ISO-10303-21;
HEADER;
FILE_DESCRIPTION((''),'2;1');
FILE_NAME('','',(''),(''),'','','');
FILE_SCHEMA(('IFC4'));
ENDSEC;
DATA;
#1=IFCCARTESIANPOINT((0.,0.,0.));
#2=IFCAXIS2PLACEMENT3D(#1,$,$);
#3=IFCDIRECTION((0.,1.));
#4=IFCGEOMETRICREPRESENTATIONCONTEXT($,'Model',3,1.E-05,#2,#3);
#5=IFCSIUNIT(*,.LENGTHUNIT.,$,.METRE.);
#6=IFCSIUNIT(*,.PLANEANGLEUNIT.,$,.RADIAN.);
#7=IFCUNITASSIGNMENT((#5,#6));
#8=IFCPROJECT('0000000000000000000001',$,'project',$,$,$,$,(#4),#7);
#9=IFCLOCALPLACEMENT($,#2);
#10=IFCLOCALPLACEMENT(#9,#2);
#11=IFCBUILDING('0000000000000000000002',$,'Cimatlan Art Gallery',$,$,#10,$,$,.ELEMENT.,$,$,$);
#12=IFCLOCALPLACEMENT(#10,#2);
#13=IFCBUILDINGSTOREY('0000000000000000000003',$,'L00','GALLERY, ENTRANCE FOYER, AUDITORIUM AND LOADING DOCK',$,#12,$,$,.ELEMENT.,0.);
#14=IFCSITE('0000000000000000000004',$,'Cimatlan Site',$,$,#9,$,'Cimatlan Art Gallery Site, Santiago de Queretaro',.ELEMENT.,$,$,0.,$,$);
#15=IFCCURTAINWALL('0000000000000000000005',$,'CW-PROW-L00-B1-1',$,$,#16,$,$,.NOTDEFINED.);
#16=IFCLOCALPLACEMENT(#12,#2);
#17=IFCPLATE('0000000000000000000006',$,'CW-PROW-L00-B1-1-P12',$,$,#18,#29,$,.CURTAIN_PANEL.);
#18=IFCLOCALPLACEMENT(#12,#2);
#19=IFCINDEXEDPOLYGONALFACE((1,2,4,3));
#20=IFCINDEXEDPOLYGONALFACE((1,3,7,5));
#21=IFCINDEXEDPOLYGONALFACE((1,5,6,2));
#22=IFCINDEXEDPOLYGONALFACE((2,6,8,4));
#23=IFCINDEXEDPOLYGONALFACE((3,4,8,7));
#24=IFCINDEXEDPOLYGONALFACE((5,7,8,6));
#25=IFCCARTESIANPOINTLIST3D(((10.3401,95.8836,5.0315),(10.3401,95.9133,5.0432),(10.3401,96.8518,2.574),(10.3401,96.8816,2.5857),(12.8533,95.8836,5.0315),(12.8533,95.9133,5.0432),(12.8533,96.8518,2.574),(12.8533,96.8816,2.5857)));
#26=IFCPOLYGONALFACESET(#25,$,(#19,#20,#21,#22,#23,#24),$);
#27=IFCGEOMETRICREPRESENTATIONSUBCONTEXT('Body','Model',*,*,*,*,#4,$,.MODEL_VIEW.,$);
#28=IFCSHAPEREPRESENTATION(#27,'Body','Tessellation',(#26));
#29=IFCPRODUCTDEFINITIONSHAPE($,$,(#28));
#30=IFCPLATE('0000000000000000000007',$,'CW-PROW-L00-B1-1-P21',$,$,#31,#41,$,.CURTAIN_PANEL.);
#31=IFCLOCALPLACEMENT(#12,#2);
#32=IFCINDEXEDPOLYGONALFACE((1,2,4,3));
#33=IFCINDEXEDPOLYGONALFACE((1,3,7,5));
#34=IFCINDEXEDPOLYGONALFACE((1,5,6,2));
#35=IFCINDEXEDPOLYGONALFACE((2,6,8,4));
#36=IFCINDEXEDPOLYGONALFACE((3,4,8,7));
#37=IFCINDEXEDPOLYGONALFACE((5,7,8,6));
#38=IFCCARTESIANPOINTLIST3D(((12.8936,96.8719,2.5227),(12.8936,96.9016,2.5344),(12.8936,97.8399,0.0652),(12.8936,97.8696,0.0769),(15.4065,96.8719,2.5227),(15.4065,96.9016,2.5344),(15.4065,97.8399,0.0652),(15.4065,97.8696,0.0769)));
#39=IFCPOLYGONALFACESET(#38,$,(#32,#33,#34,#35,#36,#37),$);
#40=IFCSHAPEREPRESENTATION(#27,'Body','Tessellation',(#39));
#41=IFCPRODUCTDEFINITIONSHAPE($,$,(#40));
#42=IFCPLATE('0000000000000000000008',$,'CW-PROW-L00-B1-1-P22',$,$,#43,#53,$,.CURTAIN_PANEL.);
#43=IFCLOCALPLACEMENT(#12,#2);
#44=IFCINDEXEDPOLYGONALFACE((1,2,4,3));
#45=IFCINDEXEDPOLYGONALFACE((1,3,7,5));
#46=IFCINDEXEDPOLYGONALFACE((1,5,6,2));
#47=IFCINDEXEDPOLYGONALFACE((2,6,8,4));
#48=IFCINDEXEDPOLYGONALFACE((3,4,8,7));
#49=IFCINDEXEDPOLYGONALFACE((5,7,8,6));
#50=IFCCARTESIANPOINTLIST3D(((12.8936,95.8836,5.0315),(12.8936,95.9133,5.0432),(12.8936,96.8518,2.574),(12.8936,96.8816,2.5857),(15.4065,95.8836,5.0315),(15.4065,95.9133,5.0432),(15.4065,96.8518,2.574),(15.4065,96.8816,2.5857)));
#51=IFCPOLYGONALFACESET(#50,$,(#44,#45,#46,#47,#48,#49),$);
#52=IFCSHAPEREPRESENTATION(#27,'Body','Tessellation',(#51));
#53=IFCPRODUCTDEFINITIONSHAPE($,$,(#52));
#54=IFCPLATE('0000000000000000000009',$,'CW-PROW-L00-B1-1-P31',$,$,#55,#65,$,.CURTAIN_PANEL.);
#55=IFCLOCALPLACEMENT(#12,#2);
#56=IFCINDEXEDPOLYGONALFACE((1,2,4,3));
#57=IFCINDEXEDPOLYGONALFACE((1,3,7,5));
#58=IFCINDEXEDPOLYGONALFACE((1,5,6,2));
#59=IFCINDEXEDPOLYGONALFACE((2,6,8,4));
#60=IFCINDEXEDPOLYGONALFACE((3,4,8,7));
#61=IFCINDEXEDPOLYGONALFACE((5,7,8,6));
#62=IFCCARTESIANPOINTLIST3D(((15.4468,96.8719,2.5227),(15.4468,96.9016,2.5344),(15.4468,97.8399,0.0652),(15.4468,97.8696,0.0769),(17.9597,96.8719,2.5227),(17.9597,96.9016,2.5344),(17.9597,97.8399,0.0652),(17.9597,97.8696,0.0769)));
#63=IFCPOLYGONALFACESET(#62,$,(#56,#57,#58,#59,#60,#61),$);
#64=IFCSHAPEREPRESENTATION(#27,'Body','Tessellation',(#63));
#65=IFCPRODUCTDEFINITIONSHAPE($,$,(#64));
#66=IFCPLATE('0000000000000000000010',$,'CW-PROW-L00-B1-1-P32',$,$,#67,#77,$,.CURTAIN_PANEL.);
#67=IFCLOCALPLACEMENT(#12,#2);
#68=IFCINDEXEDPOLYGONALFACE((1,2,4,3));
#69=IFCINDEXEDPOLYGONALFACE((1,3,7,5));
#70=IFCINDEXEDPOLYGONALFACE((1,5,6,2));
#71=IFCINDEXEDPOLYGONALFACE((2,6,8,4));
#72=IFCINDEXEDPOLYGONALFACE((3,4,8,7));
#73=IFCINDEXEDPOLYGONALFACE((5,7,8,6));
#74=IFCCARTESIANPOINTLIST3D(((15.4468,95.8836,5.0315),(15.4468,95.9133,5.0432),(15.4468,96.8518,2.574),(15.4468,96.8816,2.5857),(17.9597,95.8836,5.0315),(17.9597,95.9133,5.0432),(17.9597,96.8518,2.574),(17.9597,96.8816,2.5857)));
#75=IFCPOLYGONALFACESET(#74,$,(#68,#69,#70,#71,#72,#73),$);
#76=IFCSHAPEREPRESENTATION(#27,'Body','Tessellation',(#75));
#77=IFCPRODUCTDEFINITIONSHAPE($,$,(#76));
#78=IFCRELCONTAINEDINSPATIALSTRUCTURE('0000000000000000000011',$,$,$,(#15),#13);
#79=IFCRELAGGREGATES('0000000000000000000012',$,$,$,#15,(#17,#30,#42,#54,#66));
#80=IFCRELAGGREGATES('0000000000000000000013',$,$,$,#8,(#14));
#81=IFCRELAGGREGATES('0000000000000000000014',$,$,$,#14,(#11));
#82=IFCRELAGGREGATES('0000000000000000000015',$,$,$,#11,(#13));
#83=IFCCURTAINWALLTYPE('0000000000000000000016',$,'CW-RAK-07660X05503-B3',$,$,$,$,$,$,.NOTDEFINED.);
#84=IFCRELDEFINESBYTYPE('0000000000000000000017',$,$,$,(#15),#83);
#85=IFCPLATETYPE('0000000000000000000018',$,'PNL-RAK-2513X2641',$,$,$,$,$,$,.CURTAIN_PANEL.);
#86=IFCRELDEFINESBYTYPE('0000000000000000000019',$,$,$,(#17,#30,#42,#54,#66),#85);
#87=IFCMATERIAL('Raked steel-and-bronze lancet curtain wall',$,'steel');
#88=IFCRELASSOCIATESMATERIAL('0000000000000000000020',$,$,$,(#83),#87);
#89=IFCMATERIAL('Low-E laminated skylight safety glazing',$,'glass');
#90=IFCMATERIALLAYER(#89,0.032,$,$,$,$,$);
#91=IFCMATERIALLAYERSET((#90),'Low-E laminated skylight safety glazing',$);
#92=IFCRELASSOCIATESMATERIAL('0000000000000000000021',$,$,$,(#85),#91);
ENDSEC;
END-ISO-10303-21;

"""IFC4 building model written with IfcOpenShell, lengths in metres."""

from ifc_helpers import new_model, si_unit, direction, frame, origin, place, context, subcontext, project, spatial, polyline, outline, extrude, material, layer, layer_set, type_object, element, aggregate, save


model = new_model("IFC4")

# Units and contexts
model_context = context("Model", 3, precision=1e-05, world=origin(), true_north=direction((0.0, 1.0)))
body_context = subcontext(model_context, "Body", "Model", "MODEL_VIEW")
ifc_project = project(units=[si_unit("LENGTHUNIT", "METRE"), si_unit("PLANEANGLEUNIT", "RADIAN")], contexts=[model_context])

# Site, building, storey
site_placement = place(None, origin())
site = spatial("IfcSite", under=ifc_project, at=site_placement, Name="Cimatlan Site", LongName="Cimatlan Art Gallery Site, Santiago de Queretaro", CompositionType="ELEMENT", RefElevation=0.0)
building_placement = place(site_placement, origin())
building = spatial("IfcBuilding", under=site, at=building_placement, Name="Cimatlan Art Gallery", CompositionType="ELEMENT")
storey_placement = place(building_placement, origin())
storey = spatial("IfcBuildingStorey", under=building, at=storey_placement, Name="L00", Description="GALLERY, ENTRANCE FOYER, AUDITORIUM AND LOADING DOCK", CompositionType="ELEMENT", Elevation=0.0)

# Shared definitions
ifc_material_1 = material(Name="Raked steel-and-bronze lancet curtain wall", Category="steel")
curtain_wall_type = type_object("IfcCurtainWallType", Name="CW-RAK-07660X05503-B3", PredefinedType="NOTDEFINED", material=ifc_material_1)

# Curtain wall
curtain_wall_1_placement = place(storey_placement, origin())
curtain_wall_1 = element("IfcCurtainWall", 1, at=curtain_wall_1_placement, inside=storey, type_object=curtain_wall_type, Name="CW-PROW-L00-B1-1", PredefinedType="NOTDEFINED")

# Plates
ifc_material_2 = material(Name="Low-E laminated skylight safety glazing", Category="glass")
ifc_layer = layer(ifc_material_2, 0.032)
ifc_layer_set = layer_set([ifc_layer], Name="Low-E laminated skylight safety glazing")
plate_type = type_object("IfcPlateType", Name="PNL-RAK-2513X2641", PredefinedType="CURTAIN_PANEL", material=ifc_layer_set)
plate_1_placement = place(storey_placement, frame((10.3401, 96.8816, 2.5857), z_axis=(0.0, 0.930389, 0.366573), x_axis=(1.0, 0.0, 0.0)))
plate_1 = element("IfcPlate", 2, at=plate_1_placement, type_object=plate_type, Name="CW-PROW-L00-B1-1-P12", PredefinedType="CURTAIN_PANEL", context=body_context, shape_type="SweptSolid", body=[
    extrude(outline(polyline([(0.0, 0.0), (2.5132, 0.0), (2.5132, -2.6414), (0.0, -2.6414), (0.0, 0.0)])), origin(), (0.0, 0.0, -1.0), 0.032),
])
plate_2_placement = place(storey_placement, frame((12.8936, 97.8696, 0.0769), z_axis=(0.0, 0.930421, 0.366493), x_axis=(1.0, 0.0, 0.0)))
plate_2 = element("IfcPlate", 3, at=plate_2_placement, type_object=plate_type, Name="CW-PROW-L00-B1-1-P21", PredefinedType="CURTAIN_PANEL", context=body_context, shape_type="SweptSolid", body=[
    extrude(outline(polyline([(0.0, 0.0), (2.5129, 0.0), (2.5129, -2.6413), (0.0, -2.6413), (0.0, 0.0)])), origin(), (0.0, 0.0, -1.0), 0.032),
])
plate_3_placement = place(storey_placement, frame((12.8936, 96.8816, 2.5857), z_axis=(0.0, 0.930389, 0.366573), x_axis=(1.0, 0.0, 0.0)))
plate_3 = element("IfcPlate", 4, at=plate_3_placement, type_object=plate_type, Name="CW-PROW-L00-B1-1-P22", PredefinedType="CURTAIN_PANEL", context=body_context, shape_type="SweptSolid", body=[
    extrude(outline(polyline([(0.0, 0.0), (2.5129, 0.0), (2.5129, -2.6414), (0.0, -2.6414), (0.0, 0.0)])), origin(), (0.0, 0.0, -1.0), 0.032),
])
plate_4_placement = place(storey_placement, frame((15.4468, 97.8696, 0.0769), z_axis=(0.0, 0.930421, 0.366493), x_axis=(1.0, 0.0, 0.0)))
plate_4 = element("IfcPlate", 5, at=plate_4_placement, type_object=plate_type, Name="CW-PROW-L00-B1-1-P31", PredefinedType="CURTAIN_PANEL", context=body_context, shape_type="SweptSolid", body=[
    extrude(outline(polyline([(0.0, 0.0), (2.5129, 0.0), (2.5129, -2.6413), (0.0, -2.6413), (0.0, 0.0)])), origin(), (0.0, 0.0, -1.0), 0.032),
])
plate_5_placement = place(storey_placement, frame((15.4468, 96.8816, 2.5857), z_axis=(0.0, 0.930389, 0.366573), x_axis=(1.0, 0.0, 0.0)))
plate_5 = element("IfcPlate", 6, at=plate_5_placement, type_object=plate_type, Name="CW-PROW-L00-B1-1-P32", PredefinedType="CURTAIN_PANEL", context=body_context, shape_type="SweptSolid", body=[
    extrude(outline(polyline([(0.0, 0.0), (2.5129, 0.0), (2.5129, -2.6414), (0.0, -2.6414), (0.0, 0.0)])), origin(), (0.0, 0.0, -1.0), 0.032),
])
aggregate(curtain_wall_1, [plate_1, plate_2, plate_3, plate_4, plate_5])

save(model, "model.ifc")
